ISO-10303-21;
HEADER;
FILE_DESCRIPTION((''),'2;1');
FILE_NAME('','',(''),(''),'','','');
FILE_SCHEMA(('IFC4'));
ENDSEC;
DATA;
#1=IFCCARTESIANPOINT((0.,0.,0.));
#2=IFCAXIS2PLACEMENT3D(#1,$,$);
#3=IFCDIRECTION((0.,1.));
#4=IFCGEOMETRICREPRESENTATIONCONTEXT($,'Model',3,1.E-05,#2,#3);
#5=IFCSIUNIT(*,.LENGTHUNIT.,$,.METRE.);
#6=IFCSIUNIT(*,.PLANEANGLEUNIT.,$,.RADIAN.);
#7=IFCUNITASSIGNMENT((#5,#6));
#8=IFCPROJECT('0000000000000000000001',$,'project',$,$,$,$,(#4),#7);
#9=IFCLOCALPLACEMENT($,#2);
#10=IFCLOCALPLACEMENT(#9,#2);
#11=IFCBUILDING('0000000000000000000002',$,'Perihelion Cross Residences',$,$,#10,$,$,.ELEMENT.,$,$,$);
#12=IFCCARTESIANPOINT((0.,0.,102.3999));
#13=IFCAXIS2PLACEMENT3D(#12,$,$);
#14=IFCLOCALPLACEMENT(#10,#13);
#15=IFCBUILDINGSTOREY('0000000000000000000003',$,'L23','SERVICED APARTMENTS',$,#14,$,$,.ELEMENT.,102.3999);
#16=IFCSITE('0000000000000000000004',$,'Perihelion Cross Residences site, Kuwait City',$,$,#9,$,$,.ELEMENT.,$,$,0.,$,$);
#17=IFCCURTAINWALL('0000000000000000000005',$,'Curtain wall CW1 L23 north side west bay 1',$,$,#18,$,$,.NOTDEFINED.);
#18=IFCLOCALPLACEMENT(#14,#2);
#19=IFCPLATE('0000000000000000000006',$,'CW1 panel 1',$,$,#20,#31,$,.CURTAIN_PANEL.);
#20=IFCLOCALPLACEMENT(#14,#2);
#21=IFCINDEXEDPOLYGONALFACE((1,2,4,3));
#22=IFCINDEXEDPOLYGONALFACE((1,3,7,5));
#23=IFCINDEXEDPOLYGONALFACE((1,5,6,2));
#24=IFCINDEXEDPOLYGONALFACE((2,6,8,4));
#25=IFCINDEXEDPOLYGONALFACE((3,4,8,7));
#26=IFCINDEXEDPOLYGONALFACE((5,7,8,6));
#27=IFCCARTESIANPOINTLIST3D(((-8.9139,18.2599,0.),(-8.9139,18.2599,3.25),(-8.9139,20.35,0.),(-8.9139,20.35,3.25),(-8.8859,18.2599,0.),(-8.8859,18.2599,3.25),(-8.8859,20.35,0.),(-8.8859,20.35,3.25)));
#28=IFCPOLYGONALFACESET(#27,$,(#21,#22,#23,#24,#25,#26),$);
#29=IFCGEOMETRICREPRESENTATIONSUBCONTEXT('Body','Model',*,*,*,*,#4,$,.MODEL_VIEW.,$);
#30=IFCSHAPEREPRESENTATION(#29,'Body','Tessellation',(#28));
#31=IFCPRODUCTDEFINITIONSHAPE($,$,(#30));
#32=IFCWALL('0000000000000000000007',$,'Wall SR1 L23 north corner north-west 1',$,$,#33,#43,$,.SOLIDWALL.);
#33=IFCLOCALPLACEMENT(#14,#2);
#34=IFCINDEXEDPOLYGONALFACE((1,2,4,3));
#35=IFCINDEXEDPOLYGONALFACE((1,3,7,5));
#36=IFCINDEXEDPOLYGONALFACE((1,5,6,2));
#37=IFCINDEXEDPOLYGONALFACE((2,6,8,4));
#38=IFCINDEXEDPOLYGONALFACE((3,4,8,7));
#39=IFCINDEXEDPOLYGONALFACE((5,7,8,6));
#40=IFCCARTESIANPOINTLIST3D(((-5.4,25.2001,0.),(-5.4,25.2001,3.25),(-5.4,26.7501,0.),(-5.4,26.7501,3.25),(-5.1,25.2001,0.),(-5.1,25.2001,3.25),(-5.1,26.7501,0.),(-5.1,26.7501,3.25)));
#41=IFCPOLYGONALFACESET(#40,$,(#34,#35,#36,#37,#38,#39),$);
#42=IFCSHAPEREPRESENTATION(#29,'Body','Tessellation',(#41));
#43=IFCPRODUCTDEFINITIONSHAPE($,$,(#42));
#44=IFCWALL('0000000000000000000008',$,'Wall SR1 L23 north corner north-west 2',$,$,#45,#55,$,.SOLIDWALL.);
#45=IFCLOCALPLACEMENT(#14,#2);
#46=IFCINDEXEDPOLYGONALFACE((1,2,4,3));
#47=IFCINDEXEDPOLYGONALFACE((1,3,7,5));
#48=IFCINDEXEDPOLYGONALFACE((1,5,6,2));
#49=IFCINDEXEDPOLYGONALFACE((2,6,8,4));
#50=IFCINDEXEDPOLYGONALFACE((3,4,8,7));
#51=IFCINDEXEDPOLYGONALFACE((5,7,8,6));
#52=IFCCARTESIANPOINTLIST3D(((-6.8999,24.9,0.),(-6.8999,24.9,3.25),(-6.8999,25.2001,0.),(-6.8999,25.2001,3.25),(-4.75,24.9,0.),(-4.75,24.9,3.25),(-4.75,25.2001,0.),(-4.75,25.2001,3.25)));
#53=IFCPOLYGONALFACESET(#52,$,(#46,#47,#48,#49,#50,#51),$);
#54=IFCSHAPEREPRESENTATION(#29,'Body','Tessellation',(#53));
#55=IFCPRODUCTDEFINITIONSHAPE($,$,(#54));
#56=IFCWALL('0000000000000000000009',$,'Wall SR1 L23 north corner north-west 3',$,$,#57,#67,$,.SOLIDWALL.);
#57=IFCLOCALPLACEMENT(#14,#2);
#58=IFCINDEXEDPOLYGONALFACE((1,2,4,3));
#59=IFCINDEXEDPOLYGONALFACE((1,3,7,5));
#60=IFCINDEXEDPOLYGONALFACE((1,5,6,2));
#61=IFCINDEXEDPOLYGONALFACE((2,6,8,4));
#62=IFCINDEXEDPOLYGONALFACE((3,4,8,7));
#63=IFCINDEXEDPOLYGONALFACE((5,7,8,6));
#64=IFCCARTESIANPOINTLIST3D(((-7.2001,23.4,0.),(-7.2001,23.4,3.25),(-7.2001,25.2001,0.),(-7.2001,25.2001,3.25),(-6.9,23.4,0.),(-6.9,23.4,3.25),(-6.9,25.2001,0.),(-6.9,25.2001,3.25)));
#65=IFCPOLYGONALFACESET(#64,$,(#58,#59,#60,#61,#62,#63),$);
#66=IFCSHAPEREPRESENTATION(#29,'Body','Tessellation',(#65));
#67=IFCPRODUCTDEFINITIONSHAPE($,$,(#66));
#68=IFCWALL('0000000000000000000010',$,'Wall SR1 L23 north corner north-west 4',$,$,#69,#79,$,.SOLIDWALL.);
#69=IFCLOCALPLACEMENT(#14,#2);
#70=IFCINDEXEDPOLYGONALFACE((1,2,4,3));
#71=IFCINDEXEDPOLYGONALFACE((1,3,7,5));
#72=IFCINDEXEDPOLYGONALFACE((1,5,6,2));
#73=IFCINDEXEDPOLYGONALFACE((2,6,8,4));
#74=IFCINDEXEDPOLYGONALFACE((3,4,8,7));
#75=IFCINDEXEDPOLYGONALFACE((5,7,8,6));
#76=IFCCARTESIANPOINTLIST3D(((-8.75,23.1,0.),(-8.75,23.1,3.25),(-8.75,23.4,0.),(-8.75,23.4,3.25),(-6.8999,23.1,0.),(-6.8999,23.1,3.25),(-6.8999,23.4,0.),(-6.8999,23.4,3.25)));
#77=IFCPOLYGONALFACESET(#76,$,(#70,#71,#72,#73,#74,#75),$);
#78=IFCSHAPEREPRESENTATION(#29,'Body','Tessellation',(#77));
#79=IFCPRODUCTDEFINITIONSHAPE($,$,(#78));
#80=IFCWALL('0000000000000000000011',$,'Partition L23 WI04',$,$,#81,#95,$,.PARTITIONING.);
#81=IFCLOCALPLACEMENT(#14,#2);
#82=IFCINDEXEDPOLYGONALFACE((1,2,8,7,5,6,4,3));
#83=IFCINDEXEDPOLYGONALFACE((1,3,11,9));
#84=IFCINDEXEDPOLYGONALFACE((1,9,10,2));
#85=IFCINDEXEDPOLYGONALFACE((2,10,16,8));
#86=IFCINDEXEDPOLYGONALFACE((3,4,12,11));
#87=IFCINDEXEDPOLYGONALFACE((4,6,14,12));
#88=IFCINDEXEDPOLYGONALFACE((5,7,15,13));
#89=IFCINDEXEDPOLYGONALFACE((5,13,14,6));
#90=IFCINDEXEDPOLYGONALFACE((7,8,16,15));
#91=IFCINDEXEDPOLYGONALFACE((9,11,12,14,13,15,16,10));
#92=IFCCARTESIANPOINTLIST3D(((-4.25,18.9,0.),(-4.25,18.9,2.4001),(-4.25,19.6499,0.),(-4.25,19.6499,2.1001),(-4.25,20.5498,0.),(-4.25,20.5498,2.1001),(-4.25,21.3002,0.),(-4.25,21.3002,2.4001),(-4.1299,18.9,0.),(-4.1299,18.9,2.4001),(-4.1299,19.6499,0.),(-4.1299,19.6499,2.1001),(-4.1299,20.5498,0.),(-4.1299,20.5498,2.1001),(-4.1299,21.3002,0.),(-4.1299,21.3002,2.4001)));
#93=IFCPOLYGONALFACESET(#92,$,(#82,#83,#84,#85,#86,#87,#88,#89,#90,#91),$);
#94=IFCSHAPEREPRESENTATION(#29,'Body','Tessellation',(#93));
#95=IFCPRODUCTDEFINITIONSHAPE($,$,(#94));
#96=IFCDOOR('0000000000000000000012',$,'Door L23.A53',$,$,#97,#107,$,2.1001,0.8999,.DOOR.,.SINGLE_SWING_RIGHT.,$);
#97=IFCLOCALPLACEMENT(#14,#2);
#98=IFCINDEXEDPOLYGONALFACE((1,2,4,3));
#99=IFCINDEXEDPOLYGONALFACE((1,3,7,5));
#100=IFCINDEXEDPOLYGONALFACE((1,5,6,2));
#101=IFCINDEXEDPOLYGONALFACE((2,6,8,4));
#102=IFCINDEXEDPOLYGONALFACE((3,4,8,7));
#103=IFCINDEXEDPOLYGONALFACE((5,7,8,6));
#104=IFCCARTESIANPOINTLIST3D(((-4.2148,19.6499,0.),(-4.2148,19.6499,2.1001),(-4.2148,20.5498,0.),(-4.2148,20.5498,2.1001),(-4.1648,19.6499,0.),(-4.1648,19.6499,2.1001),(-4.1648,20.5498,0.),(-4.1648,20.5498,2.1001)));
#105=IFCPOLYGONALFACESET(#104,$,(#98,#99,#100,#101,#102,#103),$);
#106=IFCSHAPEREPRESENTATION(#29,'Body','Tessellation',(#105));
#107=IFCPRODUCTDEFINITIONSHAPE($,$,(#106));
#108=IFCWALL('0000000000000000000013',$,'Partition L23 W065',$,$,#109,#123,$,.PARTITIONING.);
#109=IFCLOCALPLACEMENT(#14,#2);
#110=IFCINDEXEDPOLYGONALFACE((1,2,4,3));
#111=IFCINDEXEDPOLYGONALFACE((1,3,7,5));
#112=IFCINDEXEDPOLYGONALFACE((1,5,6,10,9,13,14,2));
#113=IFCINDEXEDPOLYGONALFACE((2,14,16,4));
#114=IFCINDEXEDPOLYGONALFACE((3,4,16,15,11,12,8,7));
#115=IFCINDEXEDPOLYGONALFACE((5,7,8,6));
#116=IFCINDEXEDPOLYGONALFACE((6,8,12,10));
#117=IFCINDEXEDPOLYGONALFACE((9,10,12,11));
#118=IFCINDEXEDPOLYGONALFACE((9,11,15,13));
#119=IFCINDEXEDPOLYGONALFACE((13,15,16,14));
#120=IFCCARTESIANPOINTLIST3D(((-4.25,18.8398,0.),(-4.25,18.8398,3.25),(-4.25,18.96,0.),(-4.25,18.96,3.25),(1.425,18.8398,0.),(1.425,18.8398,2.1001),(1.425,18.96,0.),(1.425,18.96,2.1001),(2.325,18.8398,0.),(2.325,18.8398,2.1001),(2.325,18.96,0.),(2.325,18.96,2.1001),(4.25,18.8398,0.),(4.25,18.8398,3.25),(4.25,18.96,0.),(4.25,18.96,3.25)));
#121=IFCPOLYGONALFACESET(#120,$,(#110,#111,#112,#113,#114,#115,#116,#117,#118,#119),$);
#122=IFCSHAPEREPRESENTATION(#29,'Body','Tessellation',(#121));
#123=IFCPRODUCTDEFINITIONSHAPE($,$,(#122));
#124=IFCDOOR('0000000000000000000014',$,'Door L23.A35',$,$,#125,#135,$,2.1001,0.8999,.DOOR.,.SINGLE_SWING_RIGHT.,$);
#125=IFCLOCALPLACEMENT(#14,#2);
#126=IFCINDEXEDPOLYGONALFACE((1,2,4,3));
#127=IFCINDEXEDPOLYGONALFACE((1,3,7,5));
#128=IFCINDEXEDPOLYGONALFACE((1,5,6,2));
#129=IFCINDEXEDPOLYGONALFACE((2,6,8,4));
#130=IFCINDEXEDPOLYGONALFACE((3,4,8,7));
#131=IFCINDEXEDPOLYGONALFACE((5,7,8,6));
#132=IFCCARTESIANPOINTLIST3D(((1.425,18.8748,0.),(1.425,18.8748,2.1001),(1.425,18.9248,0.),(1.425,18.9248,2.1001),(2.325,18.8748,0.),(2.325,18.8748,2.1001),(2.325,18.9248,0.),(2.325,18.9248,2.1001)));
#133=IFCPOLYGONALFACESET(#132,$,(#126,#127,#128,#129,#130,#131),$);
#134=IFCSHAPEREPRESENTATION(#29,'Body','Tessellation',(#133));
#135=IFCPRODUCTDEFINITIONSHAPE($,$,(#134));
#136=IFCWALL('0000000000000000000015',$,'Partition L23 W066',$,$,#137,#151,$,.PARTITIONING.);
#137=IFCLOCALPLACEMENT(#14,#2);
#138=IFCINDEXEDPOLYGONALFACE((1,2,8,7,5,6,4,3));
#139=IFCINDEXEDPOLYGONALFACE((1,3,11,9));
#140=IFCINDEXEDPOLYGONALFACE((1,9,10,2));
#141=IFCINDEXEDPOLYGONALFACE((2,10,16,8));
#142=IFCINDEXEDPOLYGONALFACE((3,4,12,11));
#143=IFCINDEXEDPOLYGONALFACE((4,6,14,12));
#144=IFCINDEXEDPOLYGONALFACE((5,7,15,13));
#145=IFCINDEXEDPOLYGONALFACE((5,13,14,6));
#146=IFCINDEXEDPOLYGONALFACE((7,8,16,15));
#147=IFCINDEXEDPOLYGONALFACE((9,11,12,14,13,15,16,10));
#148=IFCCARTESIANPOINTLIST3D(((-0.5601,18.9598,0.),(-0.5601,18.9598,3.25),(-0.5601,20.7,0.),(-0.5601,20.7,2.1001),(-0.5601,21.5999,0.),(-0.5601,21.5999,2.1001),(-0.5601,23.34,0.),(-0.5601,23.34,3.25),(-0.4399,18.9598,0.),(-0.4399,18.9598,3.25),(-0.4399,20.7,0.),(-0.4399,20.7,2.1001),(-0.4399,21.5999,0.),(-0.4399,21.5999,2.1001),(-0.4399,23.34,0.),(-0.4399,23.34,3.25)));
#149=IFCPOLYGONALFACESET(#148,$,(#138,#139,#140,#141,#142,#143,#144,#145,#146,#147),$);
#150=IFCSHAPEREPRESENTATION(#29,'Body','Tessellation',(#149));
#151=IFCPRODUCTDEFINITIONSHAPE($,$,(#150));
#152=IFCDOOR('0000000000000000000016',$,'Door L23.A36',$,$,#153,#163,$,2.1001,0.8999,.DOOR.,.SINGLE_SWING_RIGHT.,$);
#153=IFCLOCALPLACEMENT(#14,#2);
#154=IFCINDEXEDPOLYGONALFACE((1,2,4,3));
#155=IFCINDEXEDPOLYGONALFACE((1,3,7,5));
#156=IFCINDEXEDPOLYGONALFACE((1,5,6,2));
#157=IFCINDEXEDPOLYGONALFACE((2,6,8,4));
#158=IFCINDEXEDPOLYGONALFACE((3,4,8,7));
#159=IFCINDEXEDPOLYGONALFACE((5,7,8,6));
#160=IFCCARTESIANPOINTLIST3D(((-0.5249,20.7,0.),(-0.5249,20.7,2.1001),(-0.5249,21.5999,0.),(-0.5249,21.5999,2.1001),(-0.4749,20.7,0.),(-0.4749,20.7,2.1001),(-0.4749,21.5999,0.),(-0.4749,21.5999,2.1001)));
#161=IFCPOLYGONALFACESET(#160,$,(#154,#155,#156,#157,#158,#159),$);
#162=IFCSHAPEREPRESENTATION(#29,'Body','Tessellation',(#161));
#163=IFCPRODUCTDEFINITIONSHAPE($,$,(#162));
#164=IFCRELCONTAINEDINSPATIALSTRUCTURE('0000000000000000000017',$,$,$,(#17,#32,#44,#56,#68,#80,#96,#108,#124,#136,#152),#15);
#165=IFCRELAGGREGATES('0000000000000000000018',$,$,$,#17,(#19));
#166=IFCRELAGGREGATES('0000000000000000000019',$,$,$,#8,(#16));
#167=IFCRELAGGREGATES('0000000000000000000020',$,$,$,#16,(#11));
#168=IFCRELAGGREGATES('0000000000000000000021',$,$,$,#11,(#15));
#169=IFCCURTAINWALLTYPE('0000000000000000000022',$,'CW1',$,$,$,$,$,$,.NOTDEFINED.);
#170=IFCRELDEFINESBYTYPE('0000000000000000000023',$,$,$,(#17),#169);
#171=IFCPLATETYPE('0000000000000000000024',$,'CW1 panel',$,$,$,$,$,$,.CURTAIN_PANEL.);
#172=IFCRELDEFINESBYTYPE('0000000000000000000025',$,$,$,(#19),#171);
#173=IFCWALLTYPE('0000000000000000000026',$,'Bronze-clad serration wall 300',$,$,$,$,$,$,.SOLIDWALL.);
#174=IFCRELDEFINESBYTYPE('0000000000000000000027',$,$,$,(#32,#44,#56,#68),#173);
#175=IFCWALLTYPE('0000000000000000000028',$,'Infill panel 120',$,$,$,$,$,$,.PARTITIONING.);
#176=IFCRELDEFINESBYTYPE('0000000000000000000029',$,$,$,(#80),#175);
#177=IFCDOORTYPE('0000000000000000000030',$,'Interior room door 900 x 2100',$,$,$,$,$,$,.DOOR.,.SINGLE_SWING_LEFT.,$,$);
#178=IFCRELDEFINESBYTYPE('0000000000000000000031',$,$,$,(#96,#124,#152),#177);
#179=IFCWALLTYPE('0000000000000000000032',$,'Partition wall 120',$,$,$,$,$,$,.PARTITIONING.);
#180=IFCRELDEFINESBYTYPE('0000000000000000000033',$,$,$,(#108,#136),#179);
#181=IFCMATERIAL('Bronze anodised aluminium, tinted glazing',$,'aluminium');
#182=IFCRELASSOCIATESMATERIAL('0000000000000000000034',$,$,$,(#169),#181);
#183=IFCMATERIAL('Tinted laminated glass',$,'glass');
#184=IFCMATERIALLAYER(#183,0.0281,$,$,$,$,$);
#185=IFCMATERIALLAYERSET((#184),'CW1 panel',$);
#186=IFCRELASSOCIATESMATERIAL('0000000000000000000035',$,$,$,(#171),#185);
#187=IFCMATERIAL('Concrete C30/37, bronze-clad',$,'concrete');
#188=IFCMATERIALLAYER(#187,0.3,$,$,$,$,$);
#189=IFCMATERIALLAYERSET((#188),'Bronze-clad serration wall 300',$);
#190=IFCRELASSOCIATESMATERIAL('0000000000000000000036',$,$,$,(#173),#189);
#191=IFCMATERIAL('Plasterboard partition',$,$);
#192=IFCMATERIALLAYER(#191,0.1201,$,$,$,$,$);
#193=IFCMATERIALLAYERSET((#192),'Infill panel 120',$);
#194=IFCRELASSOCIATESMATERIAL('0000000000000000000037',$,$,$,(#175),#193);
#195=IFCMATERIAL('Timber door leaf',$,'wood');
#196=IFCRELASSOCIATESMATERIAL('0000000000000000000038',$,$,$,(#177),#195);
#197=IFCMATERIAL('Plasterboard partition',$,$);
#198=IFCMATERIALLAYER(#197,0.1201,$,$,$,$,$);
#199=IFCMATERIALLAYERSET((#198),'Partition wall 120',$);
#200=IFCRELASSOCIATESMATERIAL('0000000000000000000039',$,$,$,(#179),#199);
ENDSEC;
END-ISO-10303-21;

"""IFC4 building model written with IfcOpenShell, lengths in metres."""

from ifc_helpers import new_model, si_unit, direction, frame, frame_2d, origin, origin_2d, place, context, subcontext, project, spatial, rectangle, extrude, material, layer, layer_set, type_object, element, fill, aggregate, save


model = new_model("IFC4")

# Units and contexts
model_context = context("Model", 3, precision=1e-05, world=origin(), true_north=direction((0.0, 1.0)))
body_context = subcontext(model_context, "Body", "Model", "MODEL_VIEW")
ifc_project = project(units=[si_unit("LENGTHUNIT", "METRE"), si_unit("PLANEANGLEUNIT", "RADIAN")], contexts=[model_context])

# Site, building, storey
site_placement = place(None, origin())
site = spatial("IfcSite", under=ifc_project, at=site_placement, Name="Perihelion Cross Residences site, Kuwait City", CompositionType="ELEMENT", RefElevation=0.0)
building_placement = place(site_placement, origin())
building = spatial("IfcBuilding", under=site, at=building_placement, Name="Perihelion Cross Residences", CompositionType="ELEMENT")
storey_placement = place(building_placement, frame((0.0, 0.0, 102.3999)))
storey = spatial("IfcBuildingStorey", under=building, at=storey_placement, Name="L23", Description="SERVICED APARTMENTS", CompositionType="ELEMENT", Elevation=102.3999)

# Curtain wall
ifc_material_1 = material(Name="Bronze anodised aluminium, tinted glazing", Category="aluminium")
curtain_wall_type = type_object("IfcCurtainWallType", Name="CW1", PredefinedType="NOTDEFINED", material=ifc_material_1)
curtain_wall_1_placement = place(storey_placement, origin())
curtain_wall_1 = element("IfcCurtainWall", 1, at=curtain_wall_1_placement, inside=storey, type_object=curtain_wall_type, Name="Curtain wall CW1 L23 north side west bay 1", PredefinedType="NOTDEFINED")

# Plate
ifc_material_2 = material(Name="Tinted laminated glass", Category="glass")
ifc_layer_1 = layer(ifc_material_2, 0.0281)
ifc_layer_set_1 = layer_set([ifc_layer_1], Name="CW1 panel")
plate_type = type_object("IfcPlateType", Name="CW1 panel", PredefinedType="CURTAIN_PANEL", material=ifc_layer_set_1)
plate_1_placement = place(storey_placement, frame((-8.8999, 19.3049, 0.0), z_axis=(0.0, 0.0, 1.0), x_axis=(0.0, -1.0, 0.0)))
plate_1 = element("IfcPlate", 2, at=plate_1_placement, type_object=plate_type, Name="CW1 panel 1", PredefinedType="CURTAIN_PANEL", context=body_context, shape_type="SweptSolid", body=[
    extrude(rectangle(XDim=2.0901, YDim=0.0281, at=origin_2d()), origin(), (0.0, 0.0, 1.0), 3.25),
])
aggregate(curtain_wall_1, [plate_1])

# Walls
ifc_material_3 = material(Name="Concrete C30/37, bronze-clad", Category="concrete")
ifc_layer_2 = layer(ifc_material_3, 0.3)
ifc_layer_set_2 = layer_set([ifc_layer_2], Name="Bronze-clad serration wall 300")
wall_type_1 = type_object("IfcWallType", Name="Bronze-clad serration wall 300", PredefinedType="SOLIDWALL", material=ifc_layer_set_2)
wall_1_placement = place(storey_placement, frame((-5.25, 26.75, 0.0), z_axis=(0.0, 0.0, 1.0), x_axis=(0.0, -1.0, 0.0)))
element("IfcWall", 3, at=wall_1_placement, inside=storey, type_object=wall_type_1, Name="Wall SR1 L23 north corner north-west 1", PredefinedType="SOLIDWALL", context=body_context, shape_type="SweptSolid", body=[
    extrude(rectangle(XDim=1.55, YDim=0.3, at=frame_2d((0.7749, 0.0))), origin(), (0.0, 0.0, 1.0), 3.25),
])
wall_2_placement = place(storey_placement, frame((-4.75, 25.05, 0.0), z_axis=(0.0, 0.0, 1.0), x_axis=(-1.0, 0.0, 0.0)))
element("IfcWall", 4, at=wall_2_placement, inside=storey, type_object=wall_type_1, Name="Wall SR1 L23 north corner north-west 2", PredefinedType="SOLIDWALL", context=body_context, shape_type="SweptSolid", body=[
    extrude(rectangle(XDim=2.1499, YDim=0.3, at=frame_2d((1.075, 0.0))), origin(), (0.0, 0.0, 1.0), 3.25),
])
wall_3_placement = place(storey_placement, frame((-7.05, 25.2, 0.0), z_axis=(0.0, 0.0, 1.0), x_axis=(0.0, -1.0, 0.0)))
element("IfcWall", 5, at=wall_3_placement, inside=storey, type_object=wall_type_1, Name="Wall SR1 L23 north corner north-west 3", PredefinedType="SOLIDWALL", context=body_context, shape_type="SweptSolid", body=[
    extrude(rectangle(XDim=1.8, YDim=0.3, at=frame_2d((0.8999, 0.0))), origin(), (0.0, 0.0, 1.0), 3.25),
])
wall_4_placement = place(storey_placement, frame((-6.8999, 23.25, 0.0), z_axis=(0.0, 0.0, 1.0), x_axis=(-1.0, 0.0, 0.0)))
element("IfcWall", 6, at=wall_4_placement, inside=storey, type_object=wall_type_1, Name="Wall SR1 L23 north corner north-west 4", PredefinedType="SOLIDWALL", context=body_context, shape_type="SweptSolid", body=[
    extrude(rectangle(XDim=1.8501, YDim=0.3, at=frame_2d((0.925, 0.0))), origin(), (0.0, 0.0, 1.0), 3.25),
])

# Walls, openings, doors
ifc_material_4 = material(Name="Plasterboard partition")
ifc_layer_3 = layer(ifc_material_4, 0.1201)
ifc_layer_set_3 = layer_set([ifc_layer_3], Name="Infill panel 120")
wall_type_2 = type_object("IfcWallType", Name="Infill panel 120", PredefinedType="PARTITIONING", material=ifc_layer_set_3)
wall_5_placement = place(storey_placement, frame((-4.1899, 18.8999, 0.0), z_axis=(0.0, 0.0, 1.0), x_axis=(0.0, 1.0, 0.0)))
wall_5 = element("IfcWall", 7, at=wall_5_placement, inside=storey, type_object=wall_type_2, Name="Partition L23 WI04", PredefinedType="PARTITIONING", context=body_context, shape_type="SweptSolid", body=[
    extrude(rectangle(XDim=2.4001, YDim=0.1201, at=frame_2d((1.2002, 0.0))), origin(), (0.0, 0.0, 1.0), 2.4001),
])
opening_1_placement = place(wall_5_placement, frame((0.75, 0.0, 0.0)))
opening_1 = element("IfcOpeningElement", 8, at=opening_1_placement, cuts=wall_5, PredefinedType="OPENING", context=body_context, shape_type="SweptSolid", body=[
    extrude(rectangle(XDim=0.8999, YDim=2.1001, at=frame_2d((0.45, 1.05))), frame((0.0, 0.0701, 0.0), z_axis=(0.0, -1.0, 0.0), x_axis=(1.0, 0.0, 0.0)), (0.0, 0.0, 1.0), 0.1401),
])
ifc_material_5 = material(Name="Timber door leaf", Category="wood")
door_type_1 = type_object("IfcDoorType", Name="Interior room door 900 x 2100", OperationType="SINGLE_SWING_LEFT", PredefinedType="DOOR", material=ifc_material_5)
door_1_placement = place(opening_1_placement, origin())
door_1 = element("IfcDoor", 9, at=door_1_placement, inside=storey, type_object=door_type_1, Name="Door L23.A53", OperationType="SINGLE_SWING_RIGHT", OverallHeight=2.1001, OverallWidth=0.8999, PredefinedType="DOOR", context=body_context, shape_type="SweptSolid", body=[
    extrude(rectangle(XDim=0.8999, YDim=2.1001, at=frame_2d((0.45, 1.05))), frame((0.0, 0.0249, 0.0), z_axis=(0.0, -1.0, 0.0), x_axis=(1.0, 0.0, 0.0)), (0.0, 0.0, 1.0), 0.05),
])
fill(opening_1, door_1)
ifc_material_6 = material(Name="Plasterboard partition")
ifc_layer_4 = layer(ifc_material_6, 0.1201)
ifc_layer_set_4 = layer_set([ifc_layer_4], Name="Partition wall 120")
wall_type_3 = type_object("IfcWallType", Name="Partition wall 120", PredefinedType="PARTITIONING", material=ifc_layer_set_4)
wall_6_placement = place(storey_placement, frame((-4.25, 18.8999, 0.0), z_axis=(0.0, 0.0, 1.0), x_axis=(1.0, 0.0, 0.0)))
wall_6 = element("IfcWall", 10, at=wall_6_placement, inside=storey, type_object=wall_type_3, Name="Partition L23 W065", PredefinedType="PARTITIONING", context=body_context, shape_type="SweptSolid", body=[
    extrude(rectangle(XDim=8.5, YDim=0.1201, at=frame_2d((4.25, 0.0))), origin(), (0.0, 0.0, 1.0), 3.25),
])
opening_2_placement = place(wall_6_placement, frame((5.675, 0.0, 0.0)))
opening_2 = element("IfcOpeningElement", 11, at=opening_2_placement, cuts=wall_6, PredefinedType="OPENING", context=body_context, shape_type="SweptSolid", body=[
    extrude(rectangle(XDim=0.8999, YDim=2.1001, at=frame_2d((0.45, 1.05))), frame((0.0, 0.0701, 0.0), z_axis=(0.0, -1.0, 0.0), x_axis=(1.0, 0.0, 0.0)), (0.0, 0.0, 1.0), 0.1401),
])
door_2_placement = place(opening_2_placement, origin())
door_2 = element("IfcDoor", 12, at=door_2_placement, inside=storey, type_object=door_type_1, Name="Door L23.A35", OperationType="SINGLE_SWING_RIGHT", OverallHeight=2.1001, OverallWidth=0.8999, PredefinedType="DOOR", context=body_context, shape_type="SweptSolid", body=[
    extrude(rectangle(XDim=0.8999, YDim=2.1001, at=frame_2d((0.45, 1.05))), frame((0.0, 0.0249, 0.0), z_axis=(0.0, -1.0, 0.0), x_axis=(1.0, 0.0, 0.0)), (0.0, 0.0, 1.0), 0.05),
])
fill(opening_2, door_2)
wall_7_placement = place(storey_placement, frame((-0.5, 18.96, 0.0), z_axis=(0.0, 0.0, 1.0), x_axis=(0.0, 1.0, 0.0)))
wall_7 = element("IfcWall", 13, at=wall_7_placement, inside=storey, type_object=wall_type_3, Name="Partition L23 W066", PredefinedType="PARTITIONING", context=body_context, shape_type="SweptSolid", body=[
    extrude(rectangle(XDim=4.3801, YDim=0.1201, at=frame_2d((2.1899, 0.0))), origin(), (0.0, 0.0, 1.0), 3.25),
])
opening_3_placement = place(wall_7_placement, frame((1.74, 0.0, 0.0)))
opening_3 = element("IfcOpeningElement", 14, at=opening_3_placement, cuts=wall_7, PredefinedType="OPENING", context=body_context, shape_type="SweptSolid", body=[
    extrude(rectangle(XDim=0.8999, YDim=2.1001, at=frame_2d((0.45, 1.05))), frame((0.0, 0.0701, 0.0), z_axis=(0.0, -1.0, 0.0), x_axis=(1.0, 0.0, 0.0)), (0.0, 0.0, 1.0), 0.1401),
])
door_3_placement = place(opening_3_placement, origin())
door_3 = element("IfcDoor", 15, at=door_3_placement, inside=storey, type_object=door_type_1, Name="Door L23.A36", OperationType="SINGLE_SWING_RIGHT", OverallHeight=2.1001, OverallWidth=0.8999, PredefinedType="DOOR", context=body_context, shape_type="SweptSolid", body=[
    extrude(rectangle(XDim=0.8999, YDim=2.1001, at=frame_2d((0.45, 1.05))), frame((0.0, 0.0249, 0.0), z_axis=(0.0, -1.0, 0.0), x_axis=(1.0, 0.0, 0.0)), (0.0, 0.0, 1.0), 0.05),
])
fill(opening_3, door_3)

save(model, "model.ifc")
